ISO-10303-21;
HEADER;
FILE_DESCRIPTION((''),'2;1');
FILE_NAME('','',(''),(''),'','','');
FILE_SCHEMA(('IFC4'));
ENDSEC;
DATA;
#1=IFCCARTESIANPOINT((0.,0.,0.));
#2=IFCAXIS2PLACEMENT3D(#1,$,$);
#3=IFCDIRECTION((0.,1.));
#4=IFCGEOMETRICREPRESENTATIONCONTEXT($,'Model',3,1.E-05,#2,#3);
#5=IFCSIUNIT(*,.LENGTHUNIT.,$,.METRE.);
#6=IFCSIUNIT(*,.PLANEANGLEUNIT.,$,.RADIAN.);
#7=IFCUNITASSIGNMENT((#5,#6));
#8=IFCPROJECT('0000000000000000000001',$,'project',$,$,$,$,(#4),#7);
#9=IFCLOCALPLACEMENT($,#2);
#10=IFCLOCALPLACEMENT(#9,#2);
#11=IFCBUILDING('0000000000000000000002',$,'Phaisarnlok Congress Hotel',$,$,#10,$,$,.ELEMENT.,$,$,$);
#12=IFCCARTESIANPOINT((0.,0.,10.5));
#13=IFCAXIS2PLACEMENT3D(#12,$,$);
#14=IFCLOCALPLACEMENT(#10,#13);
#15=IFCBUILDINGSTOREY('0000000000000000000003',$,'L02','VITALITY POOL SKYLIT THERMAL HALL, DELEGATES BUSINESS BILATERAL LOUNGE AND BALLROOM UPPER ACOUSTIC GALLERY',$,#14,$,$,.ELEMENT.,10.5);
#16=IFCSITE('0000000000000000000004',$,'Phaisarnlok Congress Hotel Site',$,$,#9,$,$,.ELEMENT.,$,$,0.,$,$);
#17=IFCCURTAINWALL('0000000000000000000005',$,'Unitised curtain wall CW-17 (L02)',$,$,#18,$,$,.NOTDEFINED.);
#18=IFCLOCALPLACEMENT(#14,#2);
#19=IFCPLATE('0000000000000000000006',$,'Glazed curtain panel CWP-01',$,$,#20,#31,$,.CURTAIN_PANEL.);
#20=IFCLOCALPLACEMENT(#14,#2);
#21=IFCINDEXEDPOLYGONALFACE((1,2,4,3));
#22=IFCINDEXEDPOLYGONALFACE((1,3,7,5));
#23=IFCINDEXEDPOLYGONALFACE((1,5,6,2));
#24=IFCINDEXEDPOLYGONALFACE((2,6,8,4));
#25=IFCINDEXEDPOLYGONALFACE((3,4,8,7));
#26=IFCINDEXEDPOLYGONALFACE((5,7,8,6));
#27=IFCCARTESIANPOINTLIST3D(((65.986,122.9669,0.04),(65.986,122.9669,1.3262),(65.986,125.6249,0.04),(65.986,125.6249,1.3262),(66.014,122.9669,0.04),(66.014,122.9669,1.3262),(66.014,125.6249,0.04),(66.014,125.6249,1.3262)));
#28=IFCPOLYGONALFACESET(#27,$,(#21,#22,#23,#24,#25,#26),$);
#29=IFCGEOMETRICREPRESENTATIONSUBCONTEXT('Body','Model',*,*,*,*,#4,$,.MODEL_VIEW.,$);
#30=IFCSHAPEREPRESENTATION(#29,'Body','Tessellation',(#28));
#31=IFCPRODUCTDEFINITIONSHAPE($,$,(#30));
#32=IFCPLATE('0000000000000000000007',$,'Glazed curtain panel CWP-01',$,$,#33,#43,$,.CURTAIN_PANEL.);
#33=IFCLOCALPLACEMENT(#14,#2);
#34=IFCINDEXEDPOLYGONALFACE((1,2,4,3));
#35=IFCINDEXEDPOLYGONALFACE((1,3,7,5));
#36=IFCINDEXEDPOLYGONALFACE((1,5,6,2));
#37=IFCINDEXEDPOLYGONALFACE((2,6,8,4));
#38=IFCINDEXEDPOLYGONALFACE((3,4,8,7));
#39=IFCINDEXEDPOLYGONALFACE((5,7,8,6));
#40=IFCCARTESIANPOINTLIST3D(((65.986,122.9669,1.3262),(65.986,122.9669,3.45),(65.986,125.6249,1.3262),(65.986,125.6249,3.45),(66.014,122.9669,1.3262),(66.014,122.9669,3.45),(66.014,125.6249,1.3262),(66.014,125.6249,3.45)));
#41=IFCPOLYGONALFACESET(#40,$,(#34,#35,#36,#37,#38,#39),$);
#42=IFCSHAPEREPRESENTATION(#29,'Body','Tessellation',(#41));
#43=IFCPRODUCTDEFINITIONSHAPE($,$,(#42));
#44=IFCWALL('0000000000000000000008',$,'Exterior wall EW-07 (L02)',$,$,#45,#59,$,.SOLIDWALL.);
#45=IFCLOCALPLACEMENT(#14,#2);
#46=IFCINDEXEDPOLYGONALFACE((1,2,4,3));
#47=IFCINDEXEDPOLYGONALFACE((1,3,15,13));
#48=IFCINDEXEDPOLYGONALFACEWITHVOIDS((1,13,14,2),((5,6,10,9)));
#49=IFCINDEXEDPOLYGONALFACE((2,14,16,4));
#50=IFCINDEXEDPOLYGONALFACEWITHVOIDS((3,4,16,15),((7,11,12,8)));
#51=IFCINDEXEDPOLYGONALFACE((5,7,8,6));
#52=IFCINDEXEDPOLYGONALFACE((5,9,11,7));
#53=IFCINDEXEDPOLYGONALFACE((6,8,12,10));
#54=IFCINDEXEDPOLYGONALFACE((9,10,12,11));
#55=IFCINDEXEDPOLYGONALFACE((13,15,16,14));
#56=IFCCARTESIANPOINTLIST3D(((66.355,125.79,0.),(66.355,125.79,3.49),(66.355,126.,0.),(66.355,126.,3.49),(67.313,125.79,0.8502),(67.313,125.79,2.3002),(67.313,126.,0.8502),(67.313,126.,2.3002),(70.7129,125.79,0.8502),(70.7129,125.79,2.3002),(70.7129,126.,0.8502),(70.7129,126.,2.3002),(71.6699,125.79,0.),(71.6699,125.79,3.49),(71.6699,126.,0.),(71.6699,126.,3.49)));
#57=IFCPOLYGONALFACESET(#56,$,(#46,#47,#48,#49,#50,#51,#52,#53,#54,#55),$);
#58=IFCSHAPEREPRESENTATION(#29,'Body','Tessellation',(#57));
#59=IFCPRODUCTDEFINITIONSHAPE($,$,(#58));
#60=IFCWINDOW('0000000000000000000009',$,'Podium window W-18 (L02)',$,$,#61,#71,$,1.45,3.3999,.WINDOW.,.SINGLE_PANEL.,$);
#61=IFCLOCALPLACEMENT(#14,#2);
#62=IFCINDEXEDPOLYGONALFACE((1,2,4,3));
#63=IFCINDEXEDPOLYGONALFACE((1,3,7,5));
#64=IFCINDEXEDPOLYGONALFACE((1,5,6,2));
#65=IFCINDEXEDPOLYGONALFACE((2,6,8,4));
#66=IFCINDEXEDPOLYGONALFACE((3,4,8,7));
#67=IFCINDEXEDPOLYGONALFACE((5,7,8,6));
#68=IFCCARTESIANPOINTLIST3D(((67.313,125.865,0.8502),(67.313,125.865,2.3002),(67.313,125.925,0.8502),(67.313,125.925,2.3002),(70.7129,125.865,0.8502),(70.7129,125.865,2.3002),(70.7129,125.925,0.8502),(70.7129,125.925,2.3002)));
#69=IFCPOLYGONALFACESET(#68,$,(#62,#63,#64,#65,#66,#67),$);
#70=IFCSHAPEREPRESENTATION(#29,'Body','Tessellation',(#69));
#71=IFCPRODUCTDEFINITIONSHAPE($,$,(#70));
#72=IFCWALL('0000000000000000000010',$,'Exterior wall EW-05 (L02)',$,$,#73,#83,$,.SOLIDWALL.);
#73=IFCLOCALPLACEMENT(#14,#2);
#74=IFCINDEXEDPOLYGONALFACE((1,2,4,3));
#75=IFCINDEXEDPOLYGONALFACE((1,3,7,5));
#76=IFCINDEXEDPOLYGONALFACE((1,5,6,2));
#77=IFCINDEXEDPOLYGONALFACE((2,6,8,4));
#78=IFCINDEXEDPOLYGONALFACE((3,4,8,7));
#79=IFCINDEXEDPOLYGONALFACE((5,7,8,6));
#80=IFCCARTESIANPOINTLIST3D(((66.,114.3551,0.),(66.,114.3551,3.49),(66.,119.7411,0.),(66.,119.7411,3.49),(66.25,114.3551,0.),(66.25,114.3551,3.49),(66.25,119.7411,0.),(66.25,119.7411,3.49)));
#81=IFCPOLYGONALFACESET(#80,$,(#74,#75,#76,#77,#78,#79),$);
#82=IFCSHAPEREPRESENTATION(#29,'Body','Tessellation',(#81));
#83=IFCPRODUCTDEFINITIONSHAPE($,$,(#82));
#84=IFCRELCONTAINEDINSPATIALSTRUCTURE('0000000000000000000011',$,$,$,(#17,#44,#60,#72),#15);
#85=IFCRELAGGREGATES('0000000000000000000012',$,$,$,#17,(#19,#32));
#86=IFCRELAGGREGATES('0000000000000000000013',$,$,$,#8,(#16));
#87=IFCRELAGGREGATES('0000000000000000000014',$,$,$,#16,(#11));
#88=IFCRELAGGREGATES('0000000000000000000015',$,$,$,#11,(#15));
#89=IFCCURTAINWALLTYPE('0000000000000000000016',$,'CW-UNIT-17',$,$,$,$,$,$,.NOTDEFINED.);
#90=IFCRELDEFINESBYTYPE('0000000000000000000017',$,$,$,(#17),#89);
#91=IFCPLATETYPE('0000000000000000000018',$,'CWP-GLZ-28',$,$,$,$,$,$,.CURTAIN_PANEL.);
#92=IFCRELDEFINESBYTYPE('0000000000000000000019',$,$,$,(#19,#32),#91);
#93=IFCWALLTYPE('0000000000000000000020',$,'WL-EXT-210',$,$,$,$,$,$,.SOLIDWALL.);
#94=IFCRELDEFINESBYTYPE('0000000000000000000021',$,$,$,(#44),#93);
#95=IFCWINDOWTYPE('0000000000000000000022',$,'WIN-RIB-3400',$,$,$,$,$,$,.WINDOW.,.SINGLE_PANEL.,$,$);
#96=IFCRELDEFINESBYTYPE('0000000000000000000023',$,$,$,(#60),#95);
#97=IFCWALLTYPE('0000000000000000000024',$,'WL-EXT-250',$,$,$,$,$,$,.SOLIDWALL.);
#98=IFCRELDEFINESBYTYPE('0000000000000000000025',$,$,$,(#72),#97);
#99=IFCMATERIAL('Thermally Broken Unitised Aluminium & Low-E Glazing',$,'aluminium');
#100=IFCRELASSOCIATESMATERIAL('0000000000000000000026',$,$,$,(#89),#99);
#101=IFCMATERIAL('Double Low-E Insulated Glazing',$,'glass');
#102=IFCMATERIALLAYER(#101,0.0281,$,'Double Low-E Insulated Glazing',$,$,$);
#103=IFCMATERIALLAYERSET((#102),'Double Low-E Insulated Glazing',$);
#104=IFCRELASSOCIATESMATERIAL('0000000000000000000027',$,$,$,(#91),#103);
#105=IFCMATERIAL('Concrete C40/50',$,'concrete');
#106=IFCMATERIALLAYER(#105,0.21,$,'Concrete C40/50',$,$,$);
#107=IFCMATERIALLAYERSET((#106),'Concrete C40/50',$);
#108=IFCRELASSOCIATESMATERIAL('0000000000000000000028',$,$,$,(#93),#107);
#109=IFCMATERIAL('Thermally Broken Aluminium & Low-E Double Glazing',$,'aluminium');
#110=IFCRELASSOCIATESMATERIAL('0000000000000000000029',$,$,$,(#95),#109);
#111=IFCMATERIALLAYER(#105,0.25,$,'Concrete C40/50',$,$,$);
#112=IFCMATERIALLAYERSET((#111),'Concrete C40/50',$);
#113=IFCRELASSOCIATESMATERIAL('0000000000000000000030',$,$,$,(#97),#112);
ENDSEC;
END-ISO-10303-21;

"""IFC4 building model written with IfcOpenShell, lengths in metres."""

from ifc_helpers import new_model, si_unit, direction, frame, frame_2d, origin, place, context, subcontext, project, spatial, rectangle, extrude, material, layer, layer_set, type_object, element, fill, aggregate, save


model = new_model("IFC4")

# Units and contexts
model_context = context("Model", 3, precision=1e-05, world=origin(), true_north=direction((0.0, 1.0)))
body_context = subcontext(model_context, "Body", "Model", "MODEL_VIEW")
ifc_project = project(units=[si_unit("LENGTHUNIT", "METRE"), si_unit("PLANEANGLEUNIT", "RADIAN")], contexts=[model_context])

# Site, building, storey
site_placement = place(None, origin())
site = spatial("IfcSite", under=ifc_project, at=site_placement, Name="Phaisarnlok Congress Hotel Site", CompositionType="ELEMENT", RefElevation=0.0)
building_placement = place(site_placement, origin())
building = spatial("IfcBuilding", under=site, at=building_placement, Name="Phaisarnlok Congress Hotel", CompositionType="ELEMENT")
storey_placement = place(building_placement, frame((0.0, 0.0, 10.5)))
storey = spatial("IfcBuildingStorey", under=building, at=storey_placement, Name="L02", Description="VITALITY POOL SKYLIT THERMAL HALL, DELEGATES BUSINESS BILATERAL LOUNGE AND BALLROOM UPPER ACOUSTIC GALLERY", CompositionType="ELEMENT", Elevation=10.5)

# Shared definitions
ifc_material_1 = material(Name="Concrete C40/50", Category="concrete")

# Curtain wall
ifc_material_2 = material(Name="Thermally Broken Unitised Aluminium & Low-E Glazing", Category="aluminium")
curtain_wall_type_1 = type_object("IfcCurtainWallType", Name="CW-UNIT-17", PredefinedType="NOTDEFINED", material=ifc_material_2)
curtain_wall_1_placement = place(storey_placement, origin())
curtain_wall_1 = element("IfcCurtainWall", 1, at=curtain_wall_1_placement, inside=storey, type_object=curtain_wall_type_1, Name="Unitised curtain wall CW-17 (L02)", PredefinedType="NOTDEFINED")

# Plates
ifc_material_3 = material(Name="Double Low-E Insulated Glazing", Category="glass")
ifc_layer_1 = layer(ifc_material_3, 0.0281, Name="Double Low-E Insulated Glazing")
ifc_layer_set_1 = layer_set([ifc_layer_1], Name="Double Low-E Insulated Glazing")
plate_type = type_object("IfcPlateType", Name="CWP-GLZ-28", PredefinedType="CURTAIN_PANEL", material=ifc_layer_set_1)
plate_1_placement = place(storey_placement, frame((66.0, 125.625, 0.04), z_axis=(0.0, 0.0, 1.0), x_axis=(0.0, -1.0, 0.0)))
plate_1 = element("IfcPlate", 2, at=plate_1_placement, type_object=plate_type, Name="Glazed curtain panel CWP-01", PredefinedType="CURTAIN_PANEL", context=body_context, shape_type="SweptSolid", body=[
    extrude(rectangle(XDim=2.658, YDim=0.0281, at=frame_2d((1.3291, 0.0))), origin(), (0.0, 0.0, 1.0), 1.2861),
])
plate_2_placement = place(storey_placement, frame((66.0, 125.625, 1.3262), z_axis=(0.0, 0.0, 1.0), x_axis=(0.0, -1.0, 0.0)))
plate_2 = element("IfcPlate", 3, at=plate_2_placement, type_object=plate_type, Name="Glazed curtain panel CWP-01", PredefinedType="CURTAIN_PANEL", context=body_context, shape_type="SweptSolid", body=[
    extrude(rectangle(XDim=2.658, YDim=0.0281, at=frame_2d((1.3291, 0.0))), origin(), (0.0, 0.0, 1.0), 2.1238),
])
aggregate(curtain_wall_1, [plate_1, plate_2])

# Wall, opening, window
ifc_layer_2 = layer(ifc_material_1, 0.21, Name="Concrete C40/50")
ifc_layer_set_2 = layer_set([ifc_layer_2], Name="Concrete C40/50")
wall_type_1 = type_object("IfcWallType", Name="WL-EXT-210", PredefinedType="SOLIDWALL", material=ifc_layer_set_2)
wall_1_placement = place(storey_placement, frame((71.6699, 125.895, 0.0), z_axis=(0.0, 0.0, 1.0), x_axis=(-1.0, 0.0, 0.0)))
wall_1 = element("IfcWall", 4, at=wall_1_placement, inside=storey, type_object=wall_type_1, Name="Exterior wall EW-07 (L02)", PredefinedType="SOLIDWALL", context=body_context, shape_type="SweptSolid", body=[
    extrude(rectangle(XDim=5.3149, YDim=0.21, at=frame_2d((2.6575, 0.0))), origin(), (0.0, 0.0, 1.0), 3.49),
])
opening_placement = place(wall_1_placement, frame((0.957, 0.0, 0.8501)))
opening = element("IfcOpeningElement", 5, at=opening_placement, cuts=wall_1, PredefinedType="OPENING", context=body_context, shape_type="SweptSolid", body=[
    extrude(rectangle(XDim=3.3999, YDim=1.45, at=frame_2d((1.7, 0.7251))), frame((0.0, 0.115, 0.0), z_axis=(0.0, -1.0, 0.0), x_axis=(1.0, 0.0, 0.0)), (0.0, 0.0, 1.0), 0.23),
])
ifc_material_4 = material(Name="Thermally Broken Aluminium & Low-E Double Glazing", Category="aluminium")
window_type = type_object("IfcWindowType", Name="WIN-RIB-3400", PartitioningType="SINGLE_PANEL", PredefinedType="WINDOW", material=ifc_material_4)
window_placement = place(opening_placement, origin())
window = element("IfcWindow", 6, at=window_placement, inside=storey, type_object=window_type, Name="Podium window W-18 (L02)", OverallHeight=1.45, OverallWidth=3.3999, PartitioningType="SINGLE_PANEL", PredefinedType="WINDOW", context=body_context, shape_type="SweptSolid", body=[
    extrude(rectangle(XDim=3.3999, YDim=1.45, at=frame_2d((1.7, 0.7251))), frame((0.0, 0.03, 0.0), z_axis=(0.0, -1.0, 0.0), x_axis=(1.0, 0.0, 0.0)), (0.0, 0.0, 1.0), 0.0601),
])
fill(opening, window)

# Wall
ifc_layer_3 = layer(ifc_material_1, 0.25, Name="Concrete C40/50")
ifc_layer_set_3 = layer_set([ifc_layer_3], Name="Concrete C40/50")
wall_type_2 = type_object("IfcWallType", Name="WL-EXT-250", PredefinedType="SOLIDWALL", material=ifc_layer_set_3)
wall_2_placement = place(storey_placement, frame((66.125, 119.741, 0.0), z_axis=(0.0, 0.0, 1.0), x_axis=(0.0, -1.0, 0.0)))
element("IfcWall", 7, at=wall_2_placement, inside=storey, type_object=wall_type_2, Name="Exterior wall EW-05 (L02)", PredefinedType="SOLIDWALL", context=body_context, shape_type="SweptSolid", body=[
    extrude(rectangle(XDim=5.386, YDim=0.25, at=frame_2d((2.6929, 0.0))), origin(), (0.0, 0.0, 1.0), 3.49),
])

save(model, "model.ifc")
